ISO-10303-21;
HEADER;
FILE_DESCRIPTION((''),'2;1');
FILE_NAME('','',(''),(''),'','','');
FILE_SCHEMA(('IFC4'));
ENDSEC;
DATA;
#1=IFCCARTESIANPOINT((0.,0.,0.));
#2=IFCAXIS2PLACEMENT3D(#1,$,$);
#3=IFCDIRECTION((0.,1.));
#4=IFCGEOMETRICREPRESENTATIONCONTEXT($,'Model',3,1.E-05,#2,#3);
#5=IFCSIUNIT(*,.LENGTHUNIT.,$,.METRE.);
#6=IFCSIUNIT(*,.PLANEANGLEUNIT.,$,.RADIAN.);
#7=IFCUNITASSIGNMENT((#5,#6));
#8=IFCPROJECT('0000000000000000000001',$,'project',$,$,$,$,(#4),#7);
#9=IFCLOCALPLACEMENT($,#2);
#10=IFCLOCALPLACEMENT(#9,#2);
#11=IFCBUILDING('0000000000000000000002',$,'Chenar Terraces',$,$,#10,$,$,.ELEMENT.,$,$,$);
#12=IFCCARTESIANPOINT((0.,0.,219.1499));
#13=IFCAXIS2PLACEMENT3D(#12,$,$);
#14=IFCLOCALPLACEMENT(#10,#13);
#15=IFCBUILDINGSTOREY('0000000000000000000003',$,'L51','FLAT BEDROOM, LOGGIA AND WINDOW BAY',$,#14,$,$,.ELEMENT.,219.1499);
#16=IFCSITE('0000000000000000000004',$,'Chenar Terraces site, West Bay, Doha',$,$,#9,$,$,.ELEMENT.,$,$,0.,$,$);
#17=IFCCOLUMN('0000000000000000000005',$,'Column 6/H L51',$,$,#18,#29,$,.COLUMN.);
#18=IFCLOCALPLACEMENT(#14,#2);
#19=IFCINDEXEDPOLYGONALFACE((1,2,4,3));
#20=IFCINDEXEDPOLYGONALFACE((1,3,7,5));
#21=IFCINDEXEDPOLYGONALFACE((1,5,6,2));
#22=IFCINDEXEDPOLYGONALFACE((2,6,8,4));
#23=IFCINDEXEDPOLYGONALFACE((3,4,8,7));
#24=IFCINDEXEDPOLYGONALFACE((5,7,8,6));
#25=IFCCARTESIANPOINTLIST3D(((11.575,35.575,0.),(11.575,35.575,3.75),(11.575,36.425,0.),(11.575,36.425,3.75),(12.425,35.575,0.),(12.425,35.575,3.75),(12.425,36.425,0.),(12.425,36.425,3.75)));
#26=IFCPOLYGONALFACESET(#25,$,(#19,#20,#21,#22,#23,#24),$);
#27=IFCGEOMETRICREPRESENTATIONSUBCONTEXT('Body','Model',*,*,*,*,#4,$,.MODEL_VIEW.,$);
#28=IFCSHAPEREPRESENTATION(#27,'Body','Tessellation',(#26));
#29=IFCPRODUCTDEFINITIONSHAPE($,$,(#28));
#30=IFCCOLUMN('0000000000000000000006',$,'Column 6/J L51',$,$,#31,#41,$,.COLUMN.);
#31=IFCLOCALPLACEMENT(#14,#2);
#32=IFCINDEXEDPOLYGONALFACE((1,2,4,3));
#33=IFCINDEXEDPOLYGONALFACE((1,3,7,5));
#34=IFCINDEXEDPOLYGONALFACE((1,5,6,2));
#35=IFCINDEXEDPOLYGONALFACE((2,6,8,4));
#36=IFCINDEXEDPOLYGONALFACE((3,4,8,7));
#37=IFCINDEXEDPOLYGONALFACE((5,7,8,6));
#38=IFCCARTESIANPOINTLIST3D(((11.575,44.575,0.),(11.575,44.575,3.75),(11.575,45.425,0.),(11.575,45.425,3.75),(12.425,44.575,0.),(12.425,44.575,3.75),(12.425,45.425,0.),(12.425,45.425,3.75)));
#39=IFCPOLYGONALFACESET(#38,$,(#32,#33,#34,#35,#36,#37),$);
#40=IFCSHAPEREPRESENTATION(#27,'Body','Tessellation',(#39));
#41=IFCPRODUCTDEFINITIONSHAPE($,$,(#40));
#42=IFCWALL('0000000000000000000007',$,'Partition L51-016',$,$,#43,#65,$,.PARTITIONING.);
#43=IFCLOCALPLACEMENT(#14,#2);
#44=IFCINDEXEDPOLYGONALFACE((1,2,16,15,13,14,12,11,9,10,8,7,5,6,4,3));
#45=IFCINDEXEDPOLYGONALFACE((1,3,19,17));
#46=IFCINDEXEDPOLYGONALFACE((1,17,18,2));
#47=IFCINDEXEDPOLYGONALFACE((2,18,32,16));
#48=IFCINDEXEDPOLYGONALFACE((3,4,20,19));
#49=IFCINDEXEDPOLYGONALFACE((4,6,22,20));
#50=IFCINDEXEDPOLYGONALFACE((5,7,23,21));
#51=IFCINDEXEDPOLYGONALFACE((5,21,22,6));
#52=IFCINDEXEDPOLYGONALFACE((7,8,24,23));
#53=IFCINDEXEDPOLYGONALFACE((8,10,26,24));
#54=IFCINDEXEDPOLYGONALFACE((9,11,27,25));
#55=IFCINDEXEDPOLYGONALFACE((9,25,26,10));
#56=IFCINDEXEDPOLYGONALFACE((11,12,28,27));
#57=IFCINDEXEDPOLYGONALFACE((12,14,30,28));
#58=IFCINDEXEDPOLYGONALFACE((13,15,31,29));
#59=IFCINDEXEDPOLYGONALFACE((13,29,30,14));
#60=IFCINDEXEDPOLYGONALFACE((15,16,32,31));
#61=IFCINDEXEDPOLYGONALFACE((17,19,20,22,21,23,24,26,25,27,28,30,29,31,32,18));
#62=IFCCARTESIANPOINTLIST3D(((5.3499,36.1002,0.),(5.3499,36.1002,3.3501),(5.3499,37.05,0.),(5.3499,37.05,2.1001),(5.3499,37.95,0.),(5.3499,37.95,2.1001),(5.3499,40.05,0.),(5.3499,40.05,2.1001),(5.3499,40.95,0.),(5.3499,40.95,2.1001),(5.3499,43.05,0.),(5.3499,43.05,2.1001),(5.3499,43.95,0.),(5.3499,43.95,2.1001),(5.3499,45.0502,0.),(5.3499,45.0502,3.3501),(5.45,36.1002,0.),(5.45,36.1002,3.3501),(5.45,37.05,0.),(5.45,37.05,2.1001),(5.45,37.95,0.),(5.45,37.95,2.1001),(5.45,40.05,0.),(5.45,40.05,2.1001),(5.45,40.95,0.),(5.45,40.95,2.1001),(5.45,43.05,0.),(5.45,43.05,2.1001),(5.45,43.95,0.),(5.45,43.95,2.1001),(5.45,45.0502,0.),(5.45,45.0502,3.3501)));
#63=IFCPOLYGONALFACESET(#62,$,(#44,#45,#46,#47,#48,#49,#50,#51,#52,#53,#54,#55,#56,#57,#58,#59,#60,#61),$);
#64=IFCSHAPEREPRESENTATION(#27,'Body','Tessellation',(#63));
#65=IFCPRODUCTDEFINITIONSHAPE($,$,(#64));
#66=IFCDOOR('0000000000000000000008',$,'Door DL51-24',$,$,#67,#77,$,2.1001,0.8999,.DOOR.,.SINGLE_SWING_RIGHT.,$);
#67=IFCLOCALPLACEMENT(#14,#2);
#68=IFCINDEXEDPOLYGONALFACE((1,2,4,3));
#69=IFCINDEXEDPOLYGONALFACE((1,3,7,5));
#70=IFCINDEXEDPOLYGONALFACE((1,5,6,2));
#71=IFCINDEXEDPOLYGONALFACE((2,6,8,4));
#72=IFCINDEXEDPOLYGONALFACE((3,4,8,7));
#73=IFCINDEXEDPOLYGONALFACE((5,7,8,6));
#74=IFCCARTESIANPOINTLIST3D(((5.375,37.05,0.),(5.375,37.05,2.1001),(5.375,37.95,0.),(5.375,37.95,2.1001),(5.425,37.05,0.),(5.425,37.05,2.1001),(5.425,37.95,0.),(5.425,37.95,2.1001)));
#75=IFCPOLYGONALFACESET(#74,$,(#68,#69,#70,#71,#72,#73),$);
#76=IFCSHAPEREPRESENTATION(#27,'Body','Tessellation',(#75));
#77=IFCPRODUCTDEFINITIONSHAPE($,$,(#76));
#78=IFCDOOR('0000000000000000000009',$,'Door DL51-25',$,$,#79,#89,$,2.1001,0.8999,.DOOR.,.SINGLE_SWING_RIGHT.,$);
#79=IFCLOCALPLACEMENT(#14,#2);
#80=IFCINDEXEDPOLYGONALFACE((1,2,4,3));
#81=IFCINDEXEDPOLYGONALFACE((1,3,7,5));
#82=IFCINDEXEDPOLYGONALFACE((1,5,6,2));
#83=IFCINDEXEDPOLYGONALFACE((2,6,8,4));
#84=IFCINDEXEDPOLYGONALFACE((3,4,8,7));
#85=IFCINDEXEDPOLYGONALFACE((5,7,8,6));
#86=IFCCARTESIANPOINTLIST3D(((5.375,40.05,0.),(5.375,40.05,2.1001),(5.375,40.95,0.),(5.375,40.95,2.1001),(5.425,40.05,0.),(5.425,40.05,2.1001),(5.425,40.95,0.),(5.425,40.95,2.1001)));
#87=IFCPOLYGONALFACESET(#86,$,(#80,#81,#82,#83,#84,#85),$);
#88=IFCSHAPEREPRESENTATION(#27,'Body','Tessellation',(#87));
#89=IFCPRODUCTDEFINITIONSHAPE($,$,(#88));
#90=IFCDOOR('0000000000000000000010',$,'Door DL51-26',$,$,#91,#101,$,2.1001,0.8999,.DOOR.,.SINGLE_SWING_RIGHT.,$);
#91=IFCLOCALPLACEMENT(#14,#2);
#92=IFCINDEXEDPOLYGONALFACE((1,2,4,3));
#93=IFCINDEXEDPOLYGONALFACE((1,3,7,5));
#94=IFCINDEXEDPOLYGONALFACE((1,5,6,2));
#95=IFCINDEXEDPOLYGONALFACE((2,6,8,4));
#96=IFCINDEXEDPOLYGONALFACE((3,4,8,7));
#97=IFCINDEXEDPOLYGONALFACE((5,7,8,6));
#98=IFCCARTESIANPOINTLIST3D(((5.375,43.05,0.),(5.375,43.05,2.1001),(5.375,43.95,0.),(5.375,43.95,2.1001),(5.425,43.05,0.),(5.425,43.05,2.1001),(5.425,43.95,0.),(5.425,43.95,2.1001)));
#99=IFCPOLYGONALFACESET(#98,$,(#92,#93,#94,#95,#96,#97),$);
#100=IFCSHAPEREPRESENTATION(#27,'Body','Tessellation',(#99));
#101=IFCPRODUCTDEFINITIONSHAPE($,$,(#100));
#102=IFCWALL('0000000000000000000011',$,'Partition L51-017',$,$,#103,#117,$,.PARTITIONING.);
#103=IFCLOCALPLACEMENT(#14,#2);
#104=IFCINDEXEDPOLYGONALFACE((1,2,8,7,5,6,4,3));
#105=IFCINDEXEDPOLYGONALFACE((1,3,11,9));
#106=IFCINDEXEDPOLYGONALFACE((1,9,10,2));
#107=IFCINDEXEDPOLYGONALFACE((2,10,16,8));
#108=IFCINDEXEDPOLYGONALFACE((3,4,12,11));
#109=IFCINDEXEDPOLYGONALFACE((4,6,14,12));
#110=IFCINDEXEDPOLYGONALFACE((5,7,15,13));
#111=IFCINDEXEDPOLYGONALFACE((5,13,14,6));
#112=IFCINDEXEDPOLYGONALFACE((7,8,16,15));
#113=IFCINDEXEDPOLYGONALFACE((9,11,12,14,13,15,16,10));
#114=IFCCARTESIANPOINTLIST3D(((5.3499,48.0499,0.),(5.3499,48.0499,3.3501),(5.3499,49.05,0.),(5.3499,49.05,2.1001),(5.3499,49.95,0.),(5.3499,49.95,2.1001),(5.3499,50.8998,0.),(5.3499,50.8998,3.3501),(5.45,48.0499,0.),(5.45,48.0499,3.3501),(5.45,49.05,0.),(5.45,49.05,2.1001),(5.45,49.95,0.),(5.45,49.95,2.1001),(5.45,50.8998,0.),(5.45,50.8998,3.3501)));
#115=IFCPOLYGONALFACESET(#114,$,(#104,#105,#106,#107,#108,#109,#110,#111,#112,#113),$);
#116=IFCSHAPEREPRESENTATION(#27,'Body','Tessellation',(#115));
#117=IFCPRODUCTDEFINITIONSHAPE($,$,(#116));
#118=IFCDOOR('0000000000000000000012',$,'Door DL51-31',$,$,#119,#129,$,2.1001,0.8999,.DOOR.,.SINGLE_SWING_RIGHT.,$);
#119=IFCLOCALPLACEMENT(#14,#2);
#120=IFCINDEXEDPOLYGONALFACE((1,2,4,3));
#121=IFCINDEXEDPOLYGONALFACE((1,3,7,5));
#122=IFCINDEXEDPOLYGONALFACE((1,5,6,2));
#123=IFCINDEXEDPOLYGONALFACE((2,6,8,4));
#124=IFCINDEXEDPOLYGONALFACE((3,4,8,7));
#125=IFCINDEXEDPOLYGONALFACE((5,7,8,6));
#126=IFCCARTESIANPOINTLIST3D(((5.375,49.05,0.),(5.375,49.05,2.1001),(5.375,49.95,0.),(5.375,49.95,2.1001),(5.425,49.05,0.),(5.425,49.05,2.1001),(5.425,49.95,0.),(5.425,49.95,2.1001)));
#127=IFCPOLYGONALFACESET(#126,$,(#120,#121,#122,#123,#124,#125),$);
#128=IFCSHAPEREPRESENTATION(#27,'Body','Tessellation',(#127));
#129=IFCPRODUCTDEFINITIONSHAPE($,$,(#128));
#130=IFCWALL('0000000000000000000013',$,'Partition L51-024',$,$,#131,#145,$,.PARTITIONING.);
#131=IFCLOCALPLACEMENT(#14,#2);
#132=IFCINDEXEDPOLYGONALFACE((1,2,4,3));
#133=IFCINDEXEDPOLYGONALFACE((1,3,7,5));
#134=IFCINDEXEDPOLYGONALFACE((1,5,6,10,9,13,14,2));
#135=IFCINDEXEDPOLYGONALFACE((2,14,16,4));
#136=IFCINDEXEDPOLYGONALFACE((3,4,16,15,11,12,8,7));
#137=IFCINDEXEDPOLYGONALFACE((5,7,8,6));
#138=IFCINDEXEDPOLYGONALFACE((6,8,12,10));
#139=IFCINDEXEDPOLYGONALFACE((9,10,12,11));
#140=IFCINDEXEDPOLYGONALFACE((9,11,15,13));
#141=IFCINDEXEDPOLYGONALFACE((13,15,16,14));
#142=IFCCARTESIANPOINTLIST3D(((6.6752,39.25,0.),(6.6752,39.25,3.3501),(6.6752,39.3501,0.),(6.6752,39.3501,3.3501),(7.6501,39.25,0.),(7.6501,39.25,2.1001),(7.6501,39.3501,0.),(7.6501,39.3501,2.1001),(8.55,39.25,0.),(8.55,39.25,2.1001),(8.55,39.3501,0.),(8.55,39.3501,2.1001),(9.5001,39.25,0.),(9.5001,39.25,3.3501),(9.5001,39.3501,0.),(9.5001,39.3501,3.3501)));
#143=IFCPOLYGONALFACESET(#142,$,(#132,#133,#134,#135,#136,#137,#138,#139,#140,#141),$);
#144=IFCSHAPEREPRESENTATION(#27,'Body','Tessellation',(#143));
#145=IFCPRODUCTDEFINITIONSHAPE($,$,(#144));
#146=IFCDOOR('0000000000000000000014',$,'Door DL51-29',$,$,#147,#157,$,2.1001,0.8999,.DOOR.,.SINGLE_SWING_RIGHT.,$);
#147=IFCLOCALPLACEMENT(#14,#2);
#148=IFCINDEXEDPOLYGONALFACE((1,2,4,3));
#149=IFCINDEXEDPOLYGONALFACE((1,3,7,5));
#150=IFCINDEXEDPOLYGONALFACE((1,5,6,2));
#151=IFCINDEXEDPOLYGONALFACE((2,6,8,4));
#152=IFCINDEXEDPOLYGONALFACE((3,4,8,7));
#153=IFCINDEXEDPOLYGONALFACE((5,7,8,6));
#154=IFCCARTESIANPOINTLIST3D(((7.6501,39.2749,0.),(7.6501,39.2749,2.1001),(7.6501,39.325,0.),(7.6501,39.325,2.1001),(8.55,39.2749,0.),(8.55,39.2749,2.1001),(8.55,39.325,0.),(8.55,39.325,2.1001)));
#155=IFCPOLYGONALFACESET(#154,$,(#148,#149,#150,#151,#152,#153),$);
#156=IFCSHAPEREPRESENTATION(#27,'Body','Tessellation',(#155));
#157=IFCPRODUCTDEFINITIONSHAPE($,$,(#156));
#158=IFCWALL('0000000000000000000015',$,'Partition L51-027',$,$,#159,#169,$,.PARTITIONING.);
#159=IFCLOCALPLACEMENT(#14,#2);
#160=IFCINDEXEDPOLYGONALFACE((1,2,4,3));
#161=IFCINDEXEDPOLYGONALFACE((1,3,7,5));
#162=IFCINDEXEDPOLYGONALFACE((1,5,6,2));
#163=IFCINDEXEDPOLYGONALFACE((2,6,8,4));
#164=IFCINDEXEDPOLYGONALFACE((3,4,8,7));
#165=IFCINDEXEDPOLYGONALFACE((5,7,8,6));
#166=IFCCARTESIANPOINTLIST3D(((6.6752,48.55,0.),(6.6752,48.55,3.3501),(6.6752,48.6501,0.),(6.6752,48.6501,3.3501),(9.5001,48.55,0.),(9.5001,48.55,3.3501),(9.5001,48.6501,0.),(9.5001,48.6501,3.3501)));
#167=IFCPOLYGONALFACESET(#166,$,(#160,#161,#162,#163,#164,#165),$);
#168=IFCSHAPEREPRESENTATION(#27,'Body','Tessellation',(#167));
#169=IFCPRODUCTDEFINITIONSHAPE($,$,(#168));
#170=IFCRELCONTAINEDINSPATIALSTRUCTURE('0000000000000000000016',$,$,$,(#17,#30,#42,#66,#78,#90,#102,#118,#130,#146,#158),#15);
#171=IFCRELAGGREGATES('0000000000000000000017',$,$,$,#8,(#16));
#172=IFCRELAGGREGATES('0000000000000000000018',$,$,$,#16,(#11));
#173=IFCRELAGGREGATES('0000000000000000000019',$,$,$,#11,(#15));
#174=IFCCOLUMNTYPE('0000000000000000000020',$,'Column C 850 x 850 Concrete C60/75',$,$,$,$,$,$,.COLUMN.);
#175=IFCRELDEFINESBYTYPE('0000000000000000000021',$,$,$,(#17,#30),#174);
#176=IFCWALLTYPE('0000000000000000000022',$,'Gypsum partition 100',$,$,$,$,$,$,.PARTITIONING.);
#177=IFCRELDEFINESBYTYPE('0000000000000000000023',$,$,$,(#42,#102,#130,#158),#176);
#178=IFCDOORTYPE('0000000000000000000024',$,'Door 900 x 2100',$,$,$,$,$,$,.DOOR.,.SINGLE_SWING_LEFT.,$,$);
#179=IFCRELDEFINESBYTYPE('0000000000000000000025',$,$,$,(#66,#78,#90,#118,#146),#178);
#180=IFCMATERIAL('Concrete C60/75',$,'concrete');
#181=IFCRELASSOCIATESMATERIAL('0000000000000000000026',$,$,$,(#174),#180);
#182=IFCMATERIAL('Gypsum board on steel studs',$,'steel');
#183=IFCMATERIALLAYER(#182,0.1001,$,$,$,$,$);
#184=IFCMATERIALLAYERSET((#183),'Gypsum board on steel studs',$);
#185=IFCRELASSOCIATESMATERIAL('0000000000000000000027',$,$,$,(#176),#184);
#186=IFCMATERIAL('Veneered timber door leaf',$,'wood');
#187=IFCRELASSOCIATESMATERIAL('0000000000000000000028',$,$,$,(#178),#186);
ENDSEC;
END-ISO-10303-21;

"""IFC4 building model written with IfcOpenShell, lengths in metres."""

from ifc_helpers import new_model, si_unit, direction, frame, frame_2d, origin, origin_2d, place, context, subcontext, project, spatial, rectangle, extrude, material, layer, layer_set, material_profile, profile_set, type_object, element, fill, save


model = new_model("IFC4")

# Units and contexts
model_context = context("Model", 3, precision=1e-05, world=origin(), true_north=direction((0.0, 1.0)))
body_context = subcontext(model_context, "Body", "Model", "MODEL_VIEW")
ifc_project = project(units=[si_unit("LENGTHUNIT", "METRE"), si_unit("PLANEANGLEUNIT", "RADIAN")], contexts=[model_context])

# Site, building, storey
site_placement = place(None, origin())
site = spatial("IfcSite", under=ifc_project, at=site_placement, Name="Chenar Terraces site, West Bay, Doha", CompositionType="ELEMENT", RefElevation=0.0)
building_placement = place(site_placement, origin())
building = spatial("IfcBuilding", under=site, at=building_placement, Name="Chenar Terraces", CompositionType="ELEMENT")
storey_placement = place(building_placement, frame((0.0, 0.0, 219.1499)))
storey = spatial("IfcBuildingStorey", under=building, at=storey_placement, Name="L51", Description="FLAT BEDROOM, LOGGIA AND WINDOW BAY", CompositionType="ELEMENT", Elevation=219.1499)

# Columns
ifc_material_1 = material(Name="Concrete C60/75", Category="concrete")
ifc_material_profile = material_profile(ifc_material_1, rectangle(XDim=0.8501, YDim=0.8501, at=origin_2d()), Name="C 850 x 850")
ifc_profile_set = profile_set([ifc_material_profile], Name="Concrete C60/75")
column_type = type_object("IfcColumnType", Name="Column C 850 x 850 Concrete C60/75", PredefinedType="COLUMN", material=ifc_profile_set)
for number, where, z_axis, x_axis, name in (
    (1, (12.0, 36.0, 0.0), (0.0, 0.0, 1.0), (1.0, 0.0, 0.0), "Column 6/H L51"),
    (2, (12.0, 45.0, 0.0), (0.0, 0.0, 1.0), (1.0, 0.0, 0.0), "Column 6/J L51"),
):
    element("IfcColumn", number, at=place(storey_placement, frame(where, z_axis=z_axis, x_axis=x_axis)), inside=storey, type_object=column_type, Name=name, PredefinedType="COLUMN", context=body_context, shape_type="SweptSolid", body=[
        extrude(rectangle(XDim=0.8501, YDim=0.8501, at=origin_2d()), origin(), (0.0, 0.0, 1.0), 3.75),
    ])

# Wall, openings, doors
ifc_material_2 = material(Name="Gypsum board on steel studs", Category="steel")
ifc_layer_1 = layer(ifc_material_2, 0.1001)
ifc_layer_set_1 = layer_set([ifc_layer_1], Name="Gypsum board on steel studs")
wall_type_1 = type_object("IfcWallType", Name="Gypsum partition 100", PredefinedType="PARTITIONING", material=ifc_layer_set_1)
wall_1_placement = place(storey_placement, frame((5.3999, 36.1001, 0.0), z_axis=(0.0, 0.0, 1.0), x_axis=(0.0, 1.0, 0.0)))
wall_1 = element("IfcWall", 3, at=wall_1_placement, inside=storey, type_object=wall_type_1, Name="Partition L51-016", PredefinedType="PARTITIONING", context=body_context, shape_type="SweptSolid", body=[
    extrude(rectangle(XDim=8.95, YDim=0.1001, at=frame_2d((4.4751, 0.0))), origin(), (0.0, 0.0, 1.0), 3.3501),
])
opening_1_placement = place(wall_1_placement, frame((0.95, 0.0, 0.0)))
opening_1 = element("IfcOpeningElement", 4, at=opening_1_placement, cuts=wall_1, PredefinedType="OPENING", context=body_context, shape_type="SweptSolid", body=[
    extrude(rectangle(XDim=0.8999, YDim=2.1001, at=frame_2d((0.45, 1.05))), frame((0.0, 0.0601, 0.0), z_axis=(0.0, -1.0, 0.0), x_axis=(1.0, 0.0, 0.0)), (0.0, 0.0, 1.0), 0.1201),
])
opening_2_placement = place(wall_1_placement, frame((3.95, 0.0, 0.0)))
opening_2 = element("IfcOpeningElement", 5, at=opening_2_placement, cuts=wall_1, PredefinedType="OPENING", context=body_context, shape_type="SweptSolid", body=[
    extrude(rectangle(XDim=0.8999, YDim=2.1001, at=frame_2d((0.45, 1.05))), frame((0.0, 0.0601, 0.0), z_axis=(0.0, -1.0, 0.0), x_axis=(1.0, 0.0, 0.0)), (0.0, 0.0, 1.0), 0.1201),
])
opening_3_placement = place(wall_1_placement, frame((6.95, 0.0, 0.0)))
opening_3 = element("IfcOpeningElement", 6, at=opening_3_placement, cuts=wall_1, PredefinedType="OPENING", context=body_context, shape_type="SweptSolid", body=[
    extrude(rectangle(XDim=0.8999, YDim=2.1001, at=frame_2d((0.45, 1.05))), frame((0.0, 0.0601, 0.0), z_axis=(0.0, -1.0, 0.0), x_axis=(1.0, 0.0, 0.0)), (0.0, 0.0, 1.0), 0.1201),
])
ifc_material_3 = material(Name="Veneered timber door leaf", Category="wood")
door_type_1 = type_object("IfcDoorType", Name="Door 900 x 2100", OperationType="SINGLE_SWING_LEFT", PredefinedType="DOOR", material=ifc_material_3)
door_1_placement = place(opening_1_placement, origin())
door_1 = element("IfcDoor", 7, at=door_1_placement, inside=storey, type_object=door_type_1, Name="Door DL51-24", OperationType="SINGLE_SWING_RIGHT", OverallHeight=2.1001, OverallWidth=0.8999, PredefinedType="DOOR", context=body_context, shape_type="SweptSolid", body=[
    extrude(rectangle(XDim=0.8999, YDim=2.1001, at=frame_2d((0.45, 1.05))), frame((0.0, 0.0249, 0.0), z_axis=(0.0, -1.0, 0.0), x_axis=(1.0, 0.0, 0.0)), (0.0, 0.0, 1.0), 0.05),
])
fill(opening_1, door_1)
door_2_placement = place(opening_2_placement, origin())
door_2 = element("IfcDoor", 8, at=door_2_placement, inside=storey, type_object=door_type_1, Name="Door DL51-25", OperationType="SINGLE_SWING_RIGHT", OverallHeight=2.1001, OverallWidth=0.8999, PredefinedType="DOOR", context=body_context, shape_type="SweptSolid", body=[
    extrude(rectangle(XDim=0.8999, YDim=2.1001, at=frame_2d((0.45, 1.05))), frame((0.0, 0.0249, 0.0), z_axis=(0.0, -1.0, 0.0), x_axis=(1.0, 0.0, 0.0)), (0.0, 0.0, 1.0), 0.05),
])
fill(opening_2, door_2)
door_3_placement = place(opening_3_placement, origin())
door_3 = element("IfcDoor", 9, at=door_3_placement, inside=storey, type_object=door_type_1, Name="Door DL51-26", OperationType="SINGLE_SWING_RIGHT", OverallHeight=2.1001, OverallWidth=0.8999, PredefinedType="DOOR", context=body_context, shape_type="SweptSolid", body=[
    extrude(rectangle(XDim=0.8999, YDim=2.1001, at=frame_2d((0.45, 1.05))), frame((0.0, 0.0249, 0.0), z_axis=(0.0, -1.0, 0.0), x_axis=(1.0, 0.0, 0.0)), (0.0, 0.0, 1.0), 0.05),
])
fill(opening_3, door_3)

# Walls, openings, doors
wall_2_placement = place(storey_placement, frame((5.3999, 48.05, 0.0), z_axis=(0.0, 0.0, 1.0), x_axis=(0.0, 1.0, 0.0)))
wall_2 = element("IfcWall", 10, at=wall_2_placement, inside=storey, type_object=wall_type_1, Name="Partition L51-017", PredefinedType="PARTITIONING", context=body_context, shape_type="SweptSolid", body=[
    extrude(rectangle(XDim=2.8499, YDim=0.1001, at=frame_2d((1.4248, 0.0))), origin(), (0.0, 0.0, 1.0), 3.3501),
])
opening_4_placement = place(wall_2_placement, frame((1.0, 0.0, 0.0)))
opening_4 = element("IfcOpeningElement", 11, at=opening_4_placement, cuts=wall_2, PredefinedType="OPENING", context=body_context, shape_type="SweptSolid", body=[
    extrude(rectangle(XDim=0.8999, YDim=2.1001, at=frame_2d((0.45, 1.05))), frame((0.0, 0.0601, 0.0), z_axis=(0.0, -1.0, 0.0), x_axis=(1.0, 0.0, 0.0)), (0.0, 0.0, 1.0), 0.1201),
])
door_4_placement = place(opening_4_placement, origin())
door_4 = element("IfcDoor", 12, at=door_4_placement, inside=storey, type_object=door_type_1, Name="Door DL51-31", OperationType="SINGLE_SWING_RIGHT", OverallHeight=2.1001, OverallWidth=0.8999, PredefinedType="DOOR", context=body_context, shape_type="SweptSolid", body=[
    extrude(rectangle(XDim=0.8999, YDim=2.1001, at=frame_2d((0.45, 1.05))), frame((0.0, 0.0249, 0.0), z_axis=(0.0, -1.0, 0.0), x_axis=(1.0, 0.0, 0.0)), (0.0, 0.0, 1.0), 0.05),
])
fill(opening_4, door_4)
wall_3_placement = place(storey_placement, frame((6.675, 39.3, 0.0), z_axis=(0.0, 0.0, 1.0), x_axis=(1.0, 0.0, 0.0)))
wall_3 = element("IfcWall", 13, at=wall_3_placement, inside=storey, type_object=wall_type_1, Name="Partition L51-024", PredefinedType="PARTITIONING", context=body_context, shape_type="SweptSolid", body=[
    extrude(rectangle(XDim=2.825, YDim=0.1001, at=frame_2d((1.4126, 0.0))), origin(), (0.0, 0.0, 1.0), 3.3501),
])
opening_5_placement = place(wall_3_placement, frame((0.9751, 0.0, 0.0)))
opening_5 = element("IfcOpeningElement", 14, at=opening_5_placement, cuts=wall_3, PredefinedType="OPENING", context=body_context, shape_type="SweptSolid", body=[
    extrude(rectangle(XDim=0.8999, YDim=2.1001, at=frame_2d((0.45, 1.05))), frame((0.0, 0.0601, 0.0), z_axis=(0.0, -1.0, 0.0), x_axis=(1.0, 0.0, 0.0)), (0.0, 0.0, 1.0), 0.1201),
])
door_5_placement = place(opening_5_placement, origin())
door_5 = element("IfcDoor", 15, at=door_5_placement, inside=storey, type_object=door_type_1, Name="Door DL51-29", OperationType="SINGLE_SWING_RIGHT", OverallHeight=2.1001, OverallWidth=0.8999, PredefinedType="DOOR", context=body_context, shape_type="SweptSolid", body=[
    extrude(rectangle(XDim=0.8999, YDim=2.1001, at=frame_2d((0.45, 1.05))), frame((0.0, 0.0249, 0.0), z_axis=(0.0, -1.0, 0.0), x_axis=(1.0, 0.0, 0.0)), (0.0, 0.0, 1.0), 0.05),
])
fill(opening_5, door_5)

# Wall
wall_4_placement = place(storey_placement, frame((6.675, 48.6001, 0.0), z_axis=(0.0, 0.0, 1.0), x_axis=(1.0, 0.0, 0.0)))
element("IfcWall", 16, at=wall_4_placement, inside=storey, type_object=wall_type_1, Name="Partition L51-027", PredefinedType="PARTITIONING", context=body_context, shape_type="SweptSolid", body=[
    extrude(rectangle(XDim=2.825, YDim=0.1001, at=frame_2d((1.4126, 0.0))), origin(), (0.0, 0.0, 1.0), 3.3501),
])

save(model, "model.ifc")
